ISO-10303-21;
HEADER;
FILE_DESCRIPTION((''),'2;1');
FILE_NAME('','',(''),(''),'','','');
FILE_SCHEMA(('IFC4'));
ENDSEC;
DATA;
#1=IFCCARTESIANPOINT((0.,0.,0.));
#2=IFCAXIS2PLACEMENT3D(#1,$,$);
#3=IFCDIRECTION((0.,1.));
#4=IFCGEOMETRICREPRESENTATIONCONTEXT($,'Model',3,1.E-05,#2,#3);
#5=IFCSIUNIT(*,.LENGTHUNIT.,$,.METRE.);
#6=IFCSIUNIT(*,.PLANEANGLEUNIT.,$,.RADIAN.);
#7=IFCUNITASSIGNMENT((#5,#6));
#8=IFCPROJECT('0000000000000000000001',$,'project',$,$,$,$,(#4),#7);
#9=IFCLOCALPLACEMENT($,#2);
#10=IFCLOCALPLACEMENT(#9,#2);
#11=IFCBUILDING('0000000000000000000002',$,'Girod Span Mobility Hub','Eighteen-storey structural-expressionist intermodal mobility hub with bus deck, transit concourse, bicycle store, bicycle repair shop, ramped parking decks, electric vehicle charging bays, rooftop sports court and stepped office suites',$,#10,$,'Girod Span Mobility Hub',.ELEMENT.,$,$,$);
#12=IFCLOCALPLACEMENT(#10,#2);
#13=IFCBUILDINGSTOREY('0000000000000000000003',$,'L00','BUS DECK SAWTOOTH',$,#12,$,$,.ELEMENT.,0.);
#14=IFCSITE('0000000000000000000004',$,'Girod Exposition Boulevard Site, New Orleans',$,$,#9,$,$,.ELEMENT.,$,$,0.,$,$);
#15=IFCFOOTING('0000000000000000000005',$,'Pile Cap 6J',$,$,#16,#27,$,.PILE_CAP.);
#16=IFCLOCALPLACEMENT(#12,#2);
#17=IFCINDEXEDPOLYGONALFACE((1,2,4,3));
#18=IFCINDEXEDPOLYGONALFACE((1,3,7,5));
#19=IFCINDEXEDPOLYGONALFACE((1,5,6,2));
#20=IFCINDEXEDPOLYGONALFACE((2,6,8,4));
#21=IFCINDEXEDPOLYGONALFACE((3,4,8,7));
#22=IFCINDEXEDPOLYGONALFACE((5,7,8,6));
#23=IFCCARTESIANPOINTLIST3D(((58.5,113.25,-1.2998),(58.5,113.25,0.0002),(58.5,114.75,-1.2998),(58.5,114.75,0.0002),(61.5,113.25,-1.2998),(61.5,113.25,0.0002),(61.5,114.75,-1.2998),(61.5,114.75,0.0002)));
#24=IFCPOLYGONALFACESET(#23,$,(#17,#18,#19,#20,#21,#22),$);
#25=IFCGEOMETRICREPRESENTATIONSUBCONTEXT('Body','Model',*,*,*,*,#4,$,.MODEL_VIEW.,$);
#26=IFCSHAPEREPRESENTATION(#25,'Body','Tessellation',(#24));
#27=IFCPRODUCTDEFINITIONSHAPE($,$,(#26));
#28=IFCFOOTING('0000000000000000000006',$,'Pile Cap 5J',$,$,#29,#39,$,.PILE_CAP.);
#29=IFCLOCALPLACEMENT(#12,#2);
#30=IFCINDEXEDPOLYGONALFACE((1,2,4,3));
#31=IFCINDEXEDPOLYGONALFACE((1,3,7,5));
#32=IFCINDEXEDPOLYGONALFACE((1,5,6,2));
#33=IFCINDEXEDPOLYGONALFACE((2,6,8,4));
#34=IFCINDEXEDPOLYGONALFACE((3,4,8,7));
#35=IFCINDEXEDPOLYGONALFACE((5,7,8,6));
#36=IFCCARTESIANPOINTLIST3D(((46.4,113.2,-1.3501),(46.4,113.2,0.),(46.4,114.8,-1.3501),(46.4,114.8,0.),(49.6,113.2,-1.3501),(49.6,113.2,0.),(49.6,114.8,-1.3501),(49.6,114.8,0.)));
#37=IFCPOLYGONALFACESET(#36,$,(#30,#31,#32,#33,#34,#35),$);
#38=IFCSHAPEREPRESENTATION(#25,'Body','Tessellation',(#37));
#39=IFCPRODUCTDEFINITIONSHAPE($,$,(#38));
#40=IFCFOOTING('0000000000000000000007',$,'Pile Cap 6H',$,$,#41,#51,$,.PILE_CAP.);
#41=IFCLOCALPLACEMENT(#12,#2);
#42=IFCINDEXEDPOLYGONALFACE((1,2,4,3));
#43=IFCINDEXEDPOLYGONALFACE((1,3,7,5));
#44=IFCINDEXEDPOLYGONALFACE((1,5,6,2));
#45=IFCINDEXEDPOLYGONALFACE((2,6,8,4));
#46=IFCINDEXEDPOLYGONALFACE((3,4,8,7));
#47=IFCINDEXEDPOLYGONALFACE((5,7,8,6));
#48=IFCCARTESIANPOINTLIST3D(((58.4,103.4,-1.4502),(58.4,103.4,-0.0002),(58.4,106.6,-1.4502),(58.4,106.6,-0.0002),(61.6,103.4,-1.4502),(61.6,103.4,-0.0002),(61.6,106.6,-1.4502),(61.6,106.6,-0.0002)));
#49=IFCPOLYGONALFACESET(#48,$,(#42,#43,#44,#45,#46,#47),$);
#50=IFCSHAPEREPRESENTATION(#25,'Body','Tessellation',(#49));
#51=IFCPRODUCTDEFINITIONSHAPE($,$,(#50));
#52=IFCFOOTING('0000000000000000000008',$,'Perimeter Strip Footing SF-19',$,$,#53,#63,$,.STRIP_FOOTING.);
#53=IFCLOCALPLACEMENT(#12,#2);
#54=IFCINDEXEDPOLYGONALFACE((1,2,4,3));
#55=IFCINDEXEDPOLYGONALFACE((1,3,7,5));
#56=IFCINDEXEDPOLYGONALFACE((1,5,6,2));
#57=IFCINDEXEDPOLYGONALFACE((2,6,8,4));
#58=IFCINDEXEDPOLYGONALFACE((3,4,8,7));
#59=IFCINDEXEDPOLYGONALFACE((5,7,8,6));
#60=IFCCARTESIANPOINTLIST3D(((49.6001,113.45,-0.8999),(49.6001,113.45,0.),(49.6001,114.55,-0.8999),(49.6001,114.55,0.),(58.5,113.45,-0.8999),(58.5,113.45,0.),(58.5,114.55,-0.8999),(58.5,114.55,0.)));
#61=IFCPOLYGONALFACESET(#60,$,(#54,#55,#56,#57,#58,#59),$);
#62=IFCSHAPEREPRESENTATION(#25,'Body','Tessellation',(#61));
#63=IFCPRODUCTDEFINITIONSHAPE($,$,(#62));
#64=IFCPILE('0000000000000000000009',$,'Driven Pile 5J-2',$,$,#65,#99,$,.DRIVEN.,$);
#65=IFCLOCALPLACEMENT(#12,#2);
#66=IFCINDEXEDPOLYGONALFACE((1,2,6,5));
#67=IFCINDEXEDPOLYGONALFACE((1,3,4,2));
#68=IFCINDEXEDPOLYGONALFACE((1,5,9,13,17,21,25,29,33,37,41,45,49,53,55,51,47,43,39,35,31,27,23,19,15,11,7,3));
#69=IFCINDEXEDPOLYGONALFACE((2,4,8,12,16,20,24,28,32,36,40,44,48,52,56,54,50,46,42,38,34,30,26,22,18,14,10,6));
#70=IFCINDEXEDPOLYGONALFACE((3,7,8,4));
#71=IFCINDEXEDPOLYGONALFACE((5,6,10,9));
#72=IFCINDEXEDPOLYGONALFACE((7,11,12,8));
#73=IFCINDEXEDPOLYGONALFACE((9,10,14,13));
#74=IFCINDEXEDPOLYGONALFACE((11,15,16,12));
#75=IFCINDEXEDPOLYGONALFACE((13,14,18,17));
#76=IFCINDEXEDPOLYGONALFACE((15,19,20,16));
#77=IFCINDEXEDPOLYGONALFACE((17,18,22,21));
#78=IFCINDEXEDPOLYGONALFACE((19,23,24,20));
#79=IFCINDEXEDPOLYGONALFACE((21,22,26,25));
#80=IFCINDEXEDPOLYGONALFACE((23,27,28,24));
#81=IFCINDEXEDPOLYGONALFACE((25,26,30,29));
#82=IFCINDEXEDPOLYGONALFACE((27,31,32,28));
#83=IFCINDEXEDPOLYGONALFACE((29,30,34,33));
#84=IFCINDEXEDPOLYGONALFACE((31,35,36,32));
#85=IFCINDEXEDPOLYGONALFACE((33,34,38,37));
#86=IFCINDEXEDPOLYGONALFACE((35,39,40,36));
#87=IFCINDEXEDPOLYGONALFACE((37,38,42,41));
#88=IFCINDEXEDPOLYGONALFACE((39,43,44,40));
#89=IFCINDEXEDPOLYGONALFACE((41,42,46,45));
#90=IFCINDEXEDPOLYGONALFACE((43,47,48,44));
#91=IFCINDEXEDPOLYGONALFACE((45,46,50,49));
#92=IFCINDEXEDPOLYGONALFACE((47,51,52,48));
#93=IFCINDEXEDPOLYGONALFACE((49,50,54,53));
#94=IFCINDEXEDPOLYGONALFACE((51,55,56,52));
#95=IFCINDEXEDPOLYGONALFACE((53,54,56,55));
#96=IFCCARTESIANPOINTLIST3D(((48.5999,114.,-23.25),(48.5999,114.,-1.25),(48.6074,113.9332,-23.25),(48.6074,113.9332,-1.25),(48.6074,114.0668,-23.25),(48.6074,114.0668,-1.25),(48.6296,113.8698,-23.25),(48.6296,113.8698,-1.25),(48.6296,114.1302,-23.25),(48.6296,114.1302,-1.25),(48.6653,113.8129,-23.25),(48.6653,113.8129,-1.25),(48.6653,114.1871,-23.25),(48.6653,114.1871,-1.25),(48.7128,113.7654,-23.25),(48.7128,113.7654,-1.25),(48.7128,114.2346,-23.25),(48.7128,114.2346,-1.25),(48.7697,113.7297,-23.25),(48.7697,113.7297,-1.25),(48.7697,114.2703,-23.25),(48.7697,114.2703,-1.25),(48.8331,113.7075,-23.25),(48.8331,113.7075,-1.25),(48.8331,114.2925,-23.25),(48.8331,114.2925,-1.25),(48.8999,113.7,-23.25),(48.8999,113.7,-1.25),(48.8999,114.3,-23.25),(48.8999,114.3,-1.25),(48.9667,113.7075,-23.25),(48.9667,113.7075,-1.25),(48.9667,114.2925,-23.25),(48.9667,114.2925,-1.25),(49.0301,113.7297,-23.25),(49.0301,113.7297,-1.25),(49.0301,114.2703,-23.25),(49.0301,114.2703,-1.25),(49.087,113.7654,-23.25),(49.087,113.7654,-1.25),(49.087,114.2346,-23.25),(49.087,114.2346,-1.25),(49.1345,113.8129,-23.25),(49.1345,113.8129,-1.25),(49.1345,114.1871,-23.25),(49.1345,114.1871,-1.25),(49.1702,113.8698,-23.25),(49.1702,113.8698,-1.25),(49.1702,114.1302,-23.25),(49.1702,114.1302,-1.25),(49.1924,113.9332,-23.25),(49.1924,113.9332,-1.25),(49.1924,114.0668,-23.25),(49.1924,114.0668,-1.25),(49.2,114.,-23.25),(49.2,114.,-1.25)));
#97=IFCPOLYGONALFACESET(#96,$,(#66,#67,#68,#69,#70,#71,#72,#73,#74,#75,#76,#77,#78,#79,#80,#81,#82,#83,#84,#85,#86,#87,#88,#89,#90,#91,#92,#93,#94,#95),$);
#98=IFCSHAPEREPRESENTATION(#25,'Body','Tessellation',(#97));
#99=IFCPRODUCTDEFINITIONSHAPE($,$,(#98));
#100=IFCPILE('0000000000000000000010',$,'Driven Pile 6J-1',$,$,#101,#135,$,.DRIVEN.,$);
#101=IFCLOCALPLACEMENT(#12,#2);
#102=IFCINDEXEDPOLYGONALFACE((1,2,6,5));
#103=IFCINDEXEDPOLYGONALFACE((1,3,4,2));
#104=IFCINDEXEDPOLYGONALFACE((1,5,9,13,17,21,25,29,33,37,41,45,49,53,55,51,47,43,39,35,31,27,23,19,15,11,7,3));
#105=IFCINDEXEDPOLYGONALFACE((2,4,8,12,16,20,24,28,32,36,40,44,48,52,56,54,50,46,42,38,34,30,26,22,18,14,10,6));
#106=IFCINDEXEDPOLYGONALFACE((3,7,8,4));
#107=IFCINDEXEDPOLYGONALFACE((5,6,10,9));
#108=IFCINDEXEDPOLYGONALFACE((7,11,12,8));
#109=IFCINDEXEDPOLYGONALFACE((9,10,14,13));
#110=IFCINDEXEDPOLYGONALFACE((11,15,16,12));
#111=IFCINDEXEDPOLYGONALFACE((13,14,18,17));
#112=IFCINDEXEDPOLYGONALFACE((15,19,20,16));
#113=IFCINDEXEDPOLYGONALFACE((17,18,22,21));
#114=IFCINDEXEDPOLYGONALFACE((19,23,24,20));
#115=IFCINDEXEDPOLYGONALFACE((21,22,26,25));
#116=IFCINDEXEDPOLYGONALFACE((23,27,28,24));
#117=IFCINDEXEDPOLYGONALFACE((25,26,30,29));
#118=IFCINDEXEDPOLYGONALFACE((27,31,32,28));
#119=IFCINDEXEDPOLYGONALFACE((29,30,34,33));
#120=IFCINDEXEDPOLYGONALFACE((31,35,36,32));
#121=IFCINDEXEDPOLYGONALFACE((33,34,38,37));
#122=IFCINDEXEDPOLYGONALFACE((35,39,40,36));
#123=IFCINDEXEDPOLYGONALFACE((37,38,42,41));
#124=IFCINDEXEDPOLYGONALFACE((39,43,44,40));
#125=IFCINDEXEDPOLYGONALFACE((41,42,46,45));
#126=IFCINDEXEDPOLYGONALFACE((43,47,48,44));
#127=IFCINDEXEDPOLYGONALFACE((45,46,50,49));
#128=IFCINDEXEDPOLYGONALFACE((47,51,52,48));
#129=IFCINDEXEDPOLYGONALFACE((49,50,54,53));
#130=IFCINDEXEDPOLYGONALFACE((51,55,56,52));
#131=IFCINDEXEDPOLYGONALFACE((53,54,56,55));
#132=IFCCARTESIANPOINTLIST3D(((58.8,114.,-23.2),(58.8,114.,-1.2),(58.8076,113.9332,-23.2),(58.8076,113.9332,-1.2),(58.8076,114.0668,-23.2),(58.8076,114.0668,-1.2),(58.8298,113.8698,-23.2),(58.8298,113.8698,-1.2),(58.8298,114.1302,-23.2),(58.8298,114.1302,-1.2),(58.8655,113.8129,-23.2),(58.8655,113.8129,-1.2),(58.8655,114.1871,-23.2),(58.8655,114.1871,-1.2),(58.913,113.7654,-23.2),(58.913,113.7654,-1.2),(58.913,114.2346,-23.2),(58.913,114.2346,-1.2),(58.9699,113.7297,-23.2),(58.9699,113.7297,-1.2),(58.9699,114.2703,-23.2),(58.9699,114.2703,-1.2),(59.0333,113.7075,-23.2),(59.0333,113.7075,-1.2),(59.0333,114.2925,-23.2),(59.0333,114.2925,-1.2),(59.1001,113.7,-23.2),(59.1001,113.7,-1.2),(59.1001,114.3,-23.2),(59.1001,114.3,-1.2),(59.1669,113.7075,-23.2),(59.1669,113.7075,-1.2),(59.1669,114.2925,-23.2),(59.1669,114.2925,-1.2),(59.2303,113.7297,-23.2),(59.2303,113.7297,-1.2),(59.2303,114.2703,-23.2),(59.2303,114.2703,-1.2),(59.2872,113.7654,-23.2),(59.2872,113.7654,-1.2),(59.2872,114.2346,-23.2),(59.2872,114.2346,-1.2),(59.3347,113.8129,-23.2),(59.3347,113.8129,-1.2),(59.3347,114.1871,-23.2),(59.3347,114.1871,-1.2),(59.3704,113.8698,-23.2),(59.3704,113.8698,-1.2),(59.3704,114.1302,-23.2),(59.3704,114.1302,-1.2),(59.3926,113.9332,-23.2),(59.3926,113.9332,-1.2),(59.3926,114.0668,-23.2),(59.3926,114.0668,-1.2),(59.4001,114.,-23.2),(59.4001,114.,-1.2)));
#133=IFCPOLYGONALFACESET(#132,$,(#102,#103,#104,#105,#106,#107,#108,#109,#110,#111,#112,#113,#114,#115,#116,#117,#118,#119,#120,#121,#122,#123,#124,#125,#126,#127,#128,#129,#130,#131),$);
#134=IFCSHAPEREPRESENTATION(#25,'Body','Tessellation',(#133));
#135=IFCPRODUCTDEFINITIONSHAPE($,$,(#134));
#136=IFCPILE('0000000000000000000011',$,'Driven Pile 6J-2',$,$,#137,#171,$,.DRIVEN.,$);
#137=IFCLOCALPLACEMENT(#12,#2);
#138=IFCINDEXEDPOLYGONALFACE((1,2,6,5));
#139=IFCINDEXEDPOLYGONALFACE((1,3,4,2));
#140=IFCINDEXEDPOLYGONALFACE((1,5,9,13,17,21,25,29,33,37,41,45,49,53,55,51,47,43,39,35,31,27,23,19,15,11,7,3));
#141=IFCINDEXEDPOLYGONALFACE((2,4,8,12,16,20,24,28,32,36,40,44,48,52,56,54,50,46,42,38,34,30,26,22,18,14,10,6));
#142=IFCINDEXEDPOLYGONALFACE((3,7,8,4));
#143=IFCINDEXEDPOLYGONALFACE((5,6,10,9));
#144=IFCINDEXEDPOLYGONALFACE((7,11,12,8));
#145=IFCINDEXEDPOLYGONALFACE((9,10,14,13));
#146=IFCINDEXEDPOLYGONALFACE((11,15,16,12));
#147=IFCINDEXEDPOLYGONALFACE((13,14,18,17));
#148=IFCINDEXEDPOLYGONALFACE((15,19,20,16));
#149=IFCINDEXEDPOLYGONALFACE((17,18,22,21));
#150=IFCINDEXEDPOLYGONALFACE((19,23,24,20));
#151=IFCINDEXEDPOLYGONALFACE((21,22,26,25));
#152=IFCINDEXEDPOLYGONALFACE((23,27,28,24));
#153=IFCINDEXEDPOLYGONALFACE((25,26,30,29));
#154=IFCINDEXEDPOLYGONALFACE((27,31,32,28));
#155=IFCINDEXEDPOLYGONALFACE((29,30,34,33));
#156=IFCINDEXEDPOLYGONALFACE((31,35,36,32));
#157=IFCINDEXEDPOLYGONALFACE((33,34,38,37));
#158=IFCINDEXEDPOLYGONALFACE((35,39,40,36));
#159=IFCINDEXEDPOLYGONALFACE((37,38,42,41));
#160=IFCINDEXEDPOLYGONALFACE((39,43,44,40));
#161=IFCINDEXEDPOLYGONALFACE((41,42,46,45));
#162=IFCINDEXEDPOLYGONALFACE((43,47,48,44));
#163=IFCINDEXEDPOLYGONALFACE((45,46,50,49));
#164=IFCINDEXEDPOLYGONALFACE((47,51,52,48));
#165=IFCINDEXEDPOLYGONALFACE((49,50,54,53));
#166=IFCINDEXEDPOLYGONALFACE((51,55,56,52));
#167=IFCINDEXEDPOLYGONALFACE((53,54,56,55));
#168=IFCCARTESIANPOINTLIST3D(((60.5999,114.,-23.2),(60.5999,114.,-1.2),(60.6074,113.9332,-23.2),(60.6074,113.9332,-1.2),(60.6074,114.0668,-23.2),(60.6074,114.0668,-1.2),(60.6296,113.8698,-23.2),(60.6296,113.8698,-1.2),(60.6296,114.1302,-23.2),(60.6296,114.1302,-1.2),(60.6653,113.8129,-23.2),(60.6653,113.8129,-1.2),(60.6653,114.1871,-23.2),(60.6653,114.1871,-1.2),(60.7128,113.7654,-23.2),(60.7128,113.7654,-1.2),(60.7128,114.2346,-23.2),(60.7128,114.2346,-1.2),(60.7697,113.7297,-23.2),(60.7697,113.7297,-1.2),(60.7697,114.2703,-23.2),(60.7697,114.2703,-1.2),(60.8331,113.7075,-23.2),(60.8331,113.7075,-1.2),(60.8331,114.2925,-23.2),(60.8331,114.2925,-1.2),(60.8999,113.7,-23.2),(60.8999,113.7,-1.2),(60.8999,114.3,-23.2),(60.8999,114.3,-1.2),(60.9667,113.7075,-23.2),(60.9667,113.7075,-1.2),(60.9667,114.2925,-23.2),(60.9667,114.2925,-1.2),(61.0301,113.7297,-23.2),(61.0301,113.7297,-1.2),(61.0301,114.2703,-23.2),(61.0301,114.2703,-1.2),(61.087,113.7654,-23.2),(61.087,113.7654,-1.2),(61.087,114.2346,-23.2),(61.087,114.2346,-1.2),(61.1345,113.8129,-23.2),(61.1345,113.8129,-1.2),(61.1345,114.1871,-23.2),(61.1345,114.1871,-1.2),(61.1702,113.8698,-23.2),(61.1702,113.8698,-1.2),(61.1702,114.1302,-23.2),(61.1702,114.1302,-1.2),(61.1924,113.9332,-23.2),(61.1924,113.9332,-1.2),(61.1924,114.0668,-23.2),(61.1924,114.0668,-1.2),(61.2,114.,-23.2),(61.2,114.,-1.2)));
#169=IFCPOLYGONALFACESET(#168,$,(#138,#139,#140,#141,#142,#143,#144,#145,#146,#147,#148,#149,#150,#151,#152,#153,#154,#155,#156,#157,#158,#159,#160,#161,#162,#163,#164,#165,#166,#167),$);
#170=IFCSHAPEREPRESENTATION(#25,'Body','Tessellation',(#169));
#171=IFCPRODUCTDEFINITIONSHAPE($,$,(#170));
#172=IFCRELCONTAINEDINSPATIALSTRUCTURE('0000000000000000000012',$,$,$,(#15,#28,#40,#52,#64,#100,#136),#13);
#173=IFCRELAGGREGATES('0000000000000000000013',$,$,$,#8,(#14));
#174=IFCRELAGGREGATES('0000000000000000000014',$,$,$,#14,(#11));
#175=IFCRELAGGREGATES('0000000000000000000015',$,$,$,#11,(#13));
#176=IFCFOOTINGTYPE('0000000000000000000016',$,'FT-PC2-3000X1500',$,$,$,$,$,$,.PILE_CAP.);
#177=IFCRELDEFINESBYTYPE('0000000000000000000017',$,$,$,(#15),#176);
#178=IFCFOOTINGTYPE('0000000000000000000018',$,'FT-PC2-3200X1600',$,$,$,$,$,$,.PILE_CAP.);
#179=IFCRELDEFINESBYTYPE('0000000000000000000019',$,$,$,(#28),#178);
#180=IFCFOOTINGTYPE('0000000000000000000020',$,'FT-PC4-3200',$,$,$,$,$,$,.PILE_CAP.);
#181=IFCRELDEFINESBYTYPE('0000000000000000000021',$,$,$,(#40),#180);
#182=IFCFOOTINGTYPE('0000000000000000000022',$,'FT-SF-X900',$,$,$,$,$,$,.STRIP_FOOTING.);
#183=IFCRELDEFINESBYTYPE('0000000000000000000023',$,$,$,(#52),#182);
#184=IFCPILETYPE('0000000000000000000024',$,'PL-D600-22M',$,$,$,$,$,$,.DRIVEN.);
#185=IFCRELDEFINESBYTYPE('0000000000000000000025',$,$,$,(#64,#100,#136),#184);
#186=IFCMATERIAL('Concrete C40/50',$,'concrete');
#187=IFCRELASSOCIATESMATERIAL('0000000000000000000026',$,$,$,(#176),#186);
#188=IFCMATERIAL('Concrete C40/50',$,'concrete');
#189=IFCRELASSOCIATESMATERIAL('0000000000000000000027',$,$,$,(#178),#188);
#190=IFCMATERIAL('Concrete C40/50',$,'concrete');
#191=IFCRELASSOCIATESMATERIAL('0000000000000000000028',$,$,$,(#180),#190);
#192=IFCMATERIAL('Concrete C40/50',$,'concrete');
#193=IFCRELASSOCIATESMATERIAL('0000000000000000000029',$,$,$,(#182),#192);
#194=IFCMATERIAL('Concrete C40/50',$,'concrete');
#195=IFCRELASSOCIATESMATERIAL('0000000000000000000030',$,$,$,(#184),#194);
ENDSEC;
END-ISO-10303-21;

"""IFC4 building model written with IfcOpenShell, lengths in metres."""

from ifc_helpers import new_model, si_unit, direction, frame, origin, origin_2d, place, context, subcontext, project, spatial, rectangle, circle, extrude, material, material_profile, profile_set, type_object, element, save


model = new_model("IFC4")

# Units and contexts
model_context = context("Model", 3, precision=1e-05, world=origin(), true_north=direction((0.0, 1.0)))
body_context = subcontext(model_context, "Body", "Model", "MODEL_VIEW")
ifc_project = project(units=[si_unit("LENGTHUNIT", "METRE"), si_unit("PLANEANGLEUNIT", "RADIAN")], contexts=[model_context])

# Site, building, storey
site_placement = place(None, origin())
site = spatial("IfcSite", under=ifc_project, at=site_placement, Name="Girod Exposition Boulevard Site, New Orleans", CompositionType="ELEMENT", RefElevation=0.0)
building_placement = place(site_placement, origin())
building = spatial("IfcBuilding", under=site, at=building_placement, Name="Girod Span Mobility Hub", Description="Eighteen-storey structural-expressionist intermodal mobility hub with bus deck, transit concourse, bicycle store, bicycle repair shop, ramped parking decks, electric vehicle charging bays, rooftop sports court and stepped office suites", LongName="Girod Span Mobility Hub", CompositionType="ELEMENT")
storey_placement = place(building_placement, origin())
storey = spatial("IfcBuildingStorey", under=building, at=storey_placement, Name="L00", Description="BUS DECK SAWTOOTH", CompositionType="ELEMENT", Elevation=0.0)

# Footings
ifc_material_1 = material(Name="Concrete C40/50", Category="concrete")
footing_type_1 = type_object("IfcFootingType", Name="FT-PC2-3000X1500", PredefinedType="PILE_CAP", material=ifc_material_1)
footing_1_placement = place(storey_placement, frame((60.0, 114.0, -1.2998), z_axis=(0.0, 0.0, 1.0), x_axis=(1.0, 0.0, 0.0)))
element("IfcFooting", 1, at=footing_1_placement, inside=storey, type_object=footing_type_1, Name="Pile Cap 6J", PredefinedType="PILE_CAP", context=body_context, shape_type="SweptSolid", body=[
    extrude(rectangle(XDim=3.0, YDim=1.5, at=origin_2d()), origin(), (0.0, 0.0, 1.0), 1.3),
])
ifc_material_2 = material(Name="Concrete C40/50", Category="concrete")
footing_type_2 = type_object("IfcFootingType", Name="FT-PC2-3200X1600", PredefinedType="PILE_CAP", material=ifc_material_2)
footing_2_placement = place(storey_placement, frame((48.0, 114.0, -1.3501), z_axis=(0.0, 0.0, 1.0), x_axis=(1.0, 0.0, 0.0)))
element("IfcFooting", 2, at=footing_2_placement, inside=storey, type_object=footing_type_2, Name="Pile Cap 5J", PredefinedType="PILE_CAP", context=body_context, shape_type="SweptSolid", body=[
    extrude(rectangle(XDim=3.2, YDim=1.6001, at=origin_2d()), origin(), (0.0, 0.0, 1.0), 1.3501),
])
ifc_material_3 = material(Name="Concrete C40/50", Category="concrete")
footing_type_3 = type_object("IfcFootingType", Name="FT-PC4-3200", PredefinedType="PILE_CAP", material=ifc_material_3)
footing_3_placement = place(storey_placement, frame((60.0, 105.0, -1.4502), z_axis=(0.0, 0.0, 1.0), x_axis=(1.0, 0.0, 0.0)))
element("IfcFooting", 3, at=footing_3_placement, inside=storey, type_object=footing_type_3, Name="Pile Cap 6H", PredefinedType="PILE_CAP", context=body_context, shape_type="SweptSolid", body=[
    extrude(rectangle(XDim=3.2, YDim=3.2, at=origin_2d()), origin(), (0.0, 0.0, 1.0), 1.45),
])
ifc_material_4 = material(Name="Concrete C40/50", Category="concrete")
footing_type_4 = type_object("IfcFootingType", Name="FT-SF-X900", PredefinedType="STRIP_FOOTING", material=ifc_material_4)
footing_4_placement = place(storey_placement, frame((54.05, 114.0, -0.8999), z_axis=(0.0, 0.0, 1.0), x_axis=(1.0, 0.0, 0.0)))
element("IfcFooting", 4, at=footing_4_placement, inside=storey, type_object=footing_type_4, Name="Perimeter Strip Footing SF-19", PredefinedType="STRIP_FOOTING", context=body_context, shape_type="SweptSolid", body=[
    extrude(rectangle(XDim=8.8999, YDim=1.1001, at=origin_2d()), origin(), (0.0, 0.0, 1.0), 0.8999),
])

# Piles
ifc_material_5 = material(Name="Concrete C40/50", Category="concrete")
ifc_material_profile_1 = material_profile(ifc_material_5, circle(Radius=0.3, at=origin_2d()), Name="PILE-D600")
ifc_profile_set_1 = profile_set([ifc_material_profile_1], Name="Concrete C40/50")
pile_type_1 = type_object("IfcPileType", Name="PL-D600-22M", PredefinedType="DRIVEN", material=ifc_profile_set_1)
for number, where, z_axis, x_axis, name in (
    (5, (48.8999, 114.0, -1.25), (0.0, 0.0, -1.0), (1.0, 0.0, 0.0), "Driven Pile 5J-2"),
    (6, (59.1001, 114.0, -1.2), (0.0, 0.0, -1.0), (1.0, 0.0, 0.0), "Driven Pile 6J-1"),
    (7, (60.8999, 114.0, -1.2), (0.0, 0.0, -1.0), (1.0, 0.0, 0.0), "Driven Pile 6J-2"),
):
    element("IfcPile", number, at=place(storey_placement, frame(where, z_axis=z_axis, x_axis=x_axis)), inside=storey, type_object=pile_type_1, Name=name, PredefinedType="DRIVEN", context=body_context, shape_type="SweptSolid", body=[
        extrude(circle(Radius=0.3, at=origin_2d()), origin(), (0.0, 0.0, 1.0), 22.0),
    ])

save(model, "model.ifc")
